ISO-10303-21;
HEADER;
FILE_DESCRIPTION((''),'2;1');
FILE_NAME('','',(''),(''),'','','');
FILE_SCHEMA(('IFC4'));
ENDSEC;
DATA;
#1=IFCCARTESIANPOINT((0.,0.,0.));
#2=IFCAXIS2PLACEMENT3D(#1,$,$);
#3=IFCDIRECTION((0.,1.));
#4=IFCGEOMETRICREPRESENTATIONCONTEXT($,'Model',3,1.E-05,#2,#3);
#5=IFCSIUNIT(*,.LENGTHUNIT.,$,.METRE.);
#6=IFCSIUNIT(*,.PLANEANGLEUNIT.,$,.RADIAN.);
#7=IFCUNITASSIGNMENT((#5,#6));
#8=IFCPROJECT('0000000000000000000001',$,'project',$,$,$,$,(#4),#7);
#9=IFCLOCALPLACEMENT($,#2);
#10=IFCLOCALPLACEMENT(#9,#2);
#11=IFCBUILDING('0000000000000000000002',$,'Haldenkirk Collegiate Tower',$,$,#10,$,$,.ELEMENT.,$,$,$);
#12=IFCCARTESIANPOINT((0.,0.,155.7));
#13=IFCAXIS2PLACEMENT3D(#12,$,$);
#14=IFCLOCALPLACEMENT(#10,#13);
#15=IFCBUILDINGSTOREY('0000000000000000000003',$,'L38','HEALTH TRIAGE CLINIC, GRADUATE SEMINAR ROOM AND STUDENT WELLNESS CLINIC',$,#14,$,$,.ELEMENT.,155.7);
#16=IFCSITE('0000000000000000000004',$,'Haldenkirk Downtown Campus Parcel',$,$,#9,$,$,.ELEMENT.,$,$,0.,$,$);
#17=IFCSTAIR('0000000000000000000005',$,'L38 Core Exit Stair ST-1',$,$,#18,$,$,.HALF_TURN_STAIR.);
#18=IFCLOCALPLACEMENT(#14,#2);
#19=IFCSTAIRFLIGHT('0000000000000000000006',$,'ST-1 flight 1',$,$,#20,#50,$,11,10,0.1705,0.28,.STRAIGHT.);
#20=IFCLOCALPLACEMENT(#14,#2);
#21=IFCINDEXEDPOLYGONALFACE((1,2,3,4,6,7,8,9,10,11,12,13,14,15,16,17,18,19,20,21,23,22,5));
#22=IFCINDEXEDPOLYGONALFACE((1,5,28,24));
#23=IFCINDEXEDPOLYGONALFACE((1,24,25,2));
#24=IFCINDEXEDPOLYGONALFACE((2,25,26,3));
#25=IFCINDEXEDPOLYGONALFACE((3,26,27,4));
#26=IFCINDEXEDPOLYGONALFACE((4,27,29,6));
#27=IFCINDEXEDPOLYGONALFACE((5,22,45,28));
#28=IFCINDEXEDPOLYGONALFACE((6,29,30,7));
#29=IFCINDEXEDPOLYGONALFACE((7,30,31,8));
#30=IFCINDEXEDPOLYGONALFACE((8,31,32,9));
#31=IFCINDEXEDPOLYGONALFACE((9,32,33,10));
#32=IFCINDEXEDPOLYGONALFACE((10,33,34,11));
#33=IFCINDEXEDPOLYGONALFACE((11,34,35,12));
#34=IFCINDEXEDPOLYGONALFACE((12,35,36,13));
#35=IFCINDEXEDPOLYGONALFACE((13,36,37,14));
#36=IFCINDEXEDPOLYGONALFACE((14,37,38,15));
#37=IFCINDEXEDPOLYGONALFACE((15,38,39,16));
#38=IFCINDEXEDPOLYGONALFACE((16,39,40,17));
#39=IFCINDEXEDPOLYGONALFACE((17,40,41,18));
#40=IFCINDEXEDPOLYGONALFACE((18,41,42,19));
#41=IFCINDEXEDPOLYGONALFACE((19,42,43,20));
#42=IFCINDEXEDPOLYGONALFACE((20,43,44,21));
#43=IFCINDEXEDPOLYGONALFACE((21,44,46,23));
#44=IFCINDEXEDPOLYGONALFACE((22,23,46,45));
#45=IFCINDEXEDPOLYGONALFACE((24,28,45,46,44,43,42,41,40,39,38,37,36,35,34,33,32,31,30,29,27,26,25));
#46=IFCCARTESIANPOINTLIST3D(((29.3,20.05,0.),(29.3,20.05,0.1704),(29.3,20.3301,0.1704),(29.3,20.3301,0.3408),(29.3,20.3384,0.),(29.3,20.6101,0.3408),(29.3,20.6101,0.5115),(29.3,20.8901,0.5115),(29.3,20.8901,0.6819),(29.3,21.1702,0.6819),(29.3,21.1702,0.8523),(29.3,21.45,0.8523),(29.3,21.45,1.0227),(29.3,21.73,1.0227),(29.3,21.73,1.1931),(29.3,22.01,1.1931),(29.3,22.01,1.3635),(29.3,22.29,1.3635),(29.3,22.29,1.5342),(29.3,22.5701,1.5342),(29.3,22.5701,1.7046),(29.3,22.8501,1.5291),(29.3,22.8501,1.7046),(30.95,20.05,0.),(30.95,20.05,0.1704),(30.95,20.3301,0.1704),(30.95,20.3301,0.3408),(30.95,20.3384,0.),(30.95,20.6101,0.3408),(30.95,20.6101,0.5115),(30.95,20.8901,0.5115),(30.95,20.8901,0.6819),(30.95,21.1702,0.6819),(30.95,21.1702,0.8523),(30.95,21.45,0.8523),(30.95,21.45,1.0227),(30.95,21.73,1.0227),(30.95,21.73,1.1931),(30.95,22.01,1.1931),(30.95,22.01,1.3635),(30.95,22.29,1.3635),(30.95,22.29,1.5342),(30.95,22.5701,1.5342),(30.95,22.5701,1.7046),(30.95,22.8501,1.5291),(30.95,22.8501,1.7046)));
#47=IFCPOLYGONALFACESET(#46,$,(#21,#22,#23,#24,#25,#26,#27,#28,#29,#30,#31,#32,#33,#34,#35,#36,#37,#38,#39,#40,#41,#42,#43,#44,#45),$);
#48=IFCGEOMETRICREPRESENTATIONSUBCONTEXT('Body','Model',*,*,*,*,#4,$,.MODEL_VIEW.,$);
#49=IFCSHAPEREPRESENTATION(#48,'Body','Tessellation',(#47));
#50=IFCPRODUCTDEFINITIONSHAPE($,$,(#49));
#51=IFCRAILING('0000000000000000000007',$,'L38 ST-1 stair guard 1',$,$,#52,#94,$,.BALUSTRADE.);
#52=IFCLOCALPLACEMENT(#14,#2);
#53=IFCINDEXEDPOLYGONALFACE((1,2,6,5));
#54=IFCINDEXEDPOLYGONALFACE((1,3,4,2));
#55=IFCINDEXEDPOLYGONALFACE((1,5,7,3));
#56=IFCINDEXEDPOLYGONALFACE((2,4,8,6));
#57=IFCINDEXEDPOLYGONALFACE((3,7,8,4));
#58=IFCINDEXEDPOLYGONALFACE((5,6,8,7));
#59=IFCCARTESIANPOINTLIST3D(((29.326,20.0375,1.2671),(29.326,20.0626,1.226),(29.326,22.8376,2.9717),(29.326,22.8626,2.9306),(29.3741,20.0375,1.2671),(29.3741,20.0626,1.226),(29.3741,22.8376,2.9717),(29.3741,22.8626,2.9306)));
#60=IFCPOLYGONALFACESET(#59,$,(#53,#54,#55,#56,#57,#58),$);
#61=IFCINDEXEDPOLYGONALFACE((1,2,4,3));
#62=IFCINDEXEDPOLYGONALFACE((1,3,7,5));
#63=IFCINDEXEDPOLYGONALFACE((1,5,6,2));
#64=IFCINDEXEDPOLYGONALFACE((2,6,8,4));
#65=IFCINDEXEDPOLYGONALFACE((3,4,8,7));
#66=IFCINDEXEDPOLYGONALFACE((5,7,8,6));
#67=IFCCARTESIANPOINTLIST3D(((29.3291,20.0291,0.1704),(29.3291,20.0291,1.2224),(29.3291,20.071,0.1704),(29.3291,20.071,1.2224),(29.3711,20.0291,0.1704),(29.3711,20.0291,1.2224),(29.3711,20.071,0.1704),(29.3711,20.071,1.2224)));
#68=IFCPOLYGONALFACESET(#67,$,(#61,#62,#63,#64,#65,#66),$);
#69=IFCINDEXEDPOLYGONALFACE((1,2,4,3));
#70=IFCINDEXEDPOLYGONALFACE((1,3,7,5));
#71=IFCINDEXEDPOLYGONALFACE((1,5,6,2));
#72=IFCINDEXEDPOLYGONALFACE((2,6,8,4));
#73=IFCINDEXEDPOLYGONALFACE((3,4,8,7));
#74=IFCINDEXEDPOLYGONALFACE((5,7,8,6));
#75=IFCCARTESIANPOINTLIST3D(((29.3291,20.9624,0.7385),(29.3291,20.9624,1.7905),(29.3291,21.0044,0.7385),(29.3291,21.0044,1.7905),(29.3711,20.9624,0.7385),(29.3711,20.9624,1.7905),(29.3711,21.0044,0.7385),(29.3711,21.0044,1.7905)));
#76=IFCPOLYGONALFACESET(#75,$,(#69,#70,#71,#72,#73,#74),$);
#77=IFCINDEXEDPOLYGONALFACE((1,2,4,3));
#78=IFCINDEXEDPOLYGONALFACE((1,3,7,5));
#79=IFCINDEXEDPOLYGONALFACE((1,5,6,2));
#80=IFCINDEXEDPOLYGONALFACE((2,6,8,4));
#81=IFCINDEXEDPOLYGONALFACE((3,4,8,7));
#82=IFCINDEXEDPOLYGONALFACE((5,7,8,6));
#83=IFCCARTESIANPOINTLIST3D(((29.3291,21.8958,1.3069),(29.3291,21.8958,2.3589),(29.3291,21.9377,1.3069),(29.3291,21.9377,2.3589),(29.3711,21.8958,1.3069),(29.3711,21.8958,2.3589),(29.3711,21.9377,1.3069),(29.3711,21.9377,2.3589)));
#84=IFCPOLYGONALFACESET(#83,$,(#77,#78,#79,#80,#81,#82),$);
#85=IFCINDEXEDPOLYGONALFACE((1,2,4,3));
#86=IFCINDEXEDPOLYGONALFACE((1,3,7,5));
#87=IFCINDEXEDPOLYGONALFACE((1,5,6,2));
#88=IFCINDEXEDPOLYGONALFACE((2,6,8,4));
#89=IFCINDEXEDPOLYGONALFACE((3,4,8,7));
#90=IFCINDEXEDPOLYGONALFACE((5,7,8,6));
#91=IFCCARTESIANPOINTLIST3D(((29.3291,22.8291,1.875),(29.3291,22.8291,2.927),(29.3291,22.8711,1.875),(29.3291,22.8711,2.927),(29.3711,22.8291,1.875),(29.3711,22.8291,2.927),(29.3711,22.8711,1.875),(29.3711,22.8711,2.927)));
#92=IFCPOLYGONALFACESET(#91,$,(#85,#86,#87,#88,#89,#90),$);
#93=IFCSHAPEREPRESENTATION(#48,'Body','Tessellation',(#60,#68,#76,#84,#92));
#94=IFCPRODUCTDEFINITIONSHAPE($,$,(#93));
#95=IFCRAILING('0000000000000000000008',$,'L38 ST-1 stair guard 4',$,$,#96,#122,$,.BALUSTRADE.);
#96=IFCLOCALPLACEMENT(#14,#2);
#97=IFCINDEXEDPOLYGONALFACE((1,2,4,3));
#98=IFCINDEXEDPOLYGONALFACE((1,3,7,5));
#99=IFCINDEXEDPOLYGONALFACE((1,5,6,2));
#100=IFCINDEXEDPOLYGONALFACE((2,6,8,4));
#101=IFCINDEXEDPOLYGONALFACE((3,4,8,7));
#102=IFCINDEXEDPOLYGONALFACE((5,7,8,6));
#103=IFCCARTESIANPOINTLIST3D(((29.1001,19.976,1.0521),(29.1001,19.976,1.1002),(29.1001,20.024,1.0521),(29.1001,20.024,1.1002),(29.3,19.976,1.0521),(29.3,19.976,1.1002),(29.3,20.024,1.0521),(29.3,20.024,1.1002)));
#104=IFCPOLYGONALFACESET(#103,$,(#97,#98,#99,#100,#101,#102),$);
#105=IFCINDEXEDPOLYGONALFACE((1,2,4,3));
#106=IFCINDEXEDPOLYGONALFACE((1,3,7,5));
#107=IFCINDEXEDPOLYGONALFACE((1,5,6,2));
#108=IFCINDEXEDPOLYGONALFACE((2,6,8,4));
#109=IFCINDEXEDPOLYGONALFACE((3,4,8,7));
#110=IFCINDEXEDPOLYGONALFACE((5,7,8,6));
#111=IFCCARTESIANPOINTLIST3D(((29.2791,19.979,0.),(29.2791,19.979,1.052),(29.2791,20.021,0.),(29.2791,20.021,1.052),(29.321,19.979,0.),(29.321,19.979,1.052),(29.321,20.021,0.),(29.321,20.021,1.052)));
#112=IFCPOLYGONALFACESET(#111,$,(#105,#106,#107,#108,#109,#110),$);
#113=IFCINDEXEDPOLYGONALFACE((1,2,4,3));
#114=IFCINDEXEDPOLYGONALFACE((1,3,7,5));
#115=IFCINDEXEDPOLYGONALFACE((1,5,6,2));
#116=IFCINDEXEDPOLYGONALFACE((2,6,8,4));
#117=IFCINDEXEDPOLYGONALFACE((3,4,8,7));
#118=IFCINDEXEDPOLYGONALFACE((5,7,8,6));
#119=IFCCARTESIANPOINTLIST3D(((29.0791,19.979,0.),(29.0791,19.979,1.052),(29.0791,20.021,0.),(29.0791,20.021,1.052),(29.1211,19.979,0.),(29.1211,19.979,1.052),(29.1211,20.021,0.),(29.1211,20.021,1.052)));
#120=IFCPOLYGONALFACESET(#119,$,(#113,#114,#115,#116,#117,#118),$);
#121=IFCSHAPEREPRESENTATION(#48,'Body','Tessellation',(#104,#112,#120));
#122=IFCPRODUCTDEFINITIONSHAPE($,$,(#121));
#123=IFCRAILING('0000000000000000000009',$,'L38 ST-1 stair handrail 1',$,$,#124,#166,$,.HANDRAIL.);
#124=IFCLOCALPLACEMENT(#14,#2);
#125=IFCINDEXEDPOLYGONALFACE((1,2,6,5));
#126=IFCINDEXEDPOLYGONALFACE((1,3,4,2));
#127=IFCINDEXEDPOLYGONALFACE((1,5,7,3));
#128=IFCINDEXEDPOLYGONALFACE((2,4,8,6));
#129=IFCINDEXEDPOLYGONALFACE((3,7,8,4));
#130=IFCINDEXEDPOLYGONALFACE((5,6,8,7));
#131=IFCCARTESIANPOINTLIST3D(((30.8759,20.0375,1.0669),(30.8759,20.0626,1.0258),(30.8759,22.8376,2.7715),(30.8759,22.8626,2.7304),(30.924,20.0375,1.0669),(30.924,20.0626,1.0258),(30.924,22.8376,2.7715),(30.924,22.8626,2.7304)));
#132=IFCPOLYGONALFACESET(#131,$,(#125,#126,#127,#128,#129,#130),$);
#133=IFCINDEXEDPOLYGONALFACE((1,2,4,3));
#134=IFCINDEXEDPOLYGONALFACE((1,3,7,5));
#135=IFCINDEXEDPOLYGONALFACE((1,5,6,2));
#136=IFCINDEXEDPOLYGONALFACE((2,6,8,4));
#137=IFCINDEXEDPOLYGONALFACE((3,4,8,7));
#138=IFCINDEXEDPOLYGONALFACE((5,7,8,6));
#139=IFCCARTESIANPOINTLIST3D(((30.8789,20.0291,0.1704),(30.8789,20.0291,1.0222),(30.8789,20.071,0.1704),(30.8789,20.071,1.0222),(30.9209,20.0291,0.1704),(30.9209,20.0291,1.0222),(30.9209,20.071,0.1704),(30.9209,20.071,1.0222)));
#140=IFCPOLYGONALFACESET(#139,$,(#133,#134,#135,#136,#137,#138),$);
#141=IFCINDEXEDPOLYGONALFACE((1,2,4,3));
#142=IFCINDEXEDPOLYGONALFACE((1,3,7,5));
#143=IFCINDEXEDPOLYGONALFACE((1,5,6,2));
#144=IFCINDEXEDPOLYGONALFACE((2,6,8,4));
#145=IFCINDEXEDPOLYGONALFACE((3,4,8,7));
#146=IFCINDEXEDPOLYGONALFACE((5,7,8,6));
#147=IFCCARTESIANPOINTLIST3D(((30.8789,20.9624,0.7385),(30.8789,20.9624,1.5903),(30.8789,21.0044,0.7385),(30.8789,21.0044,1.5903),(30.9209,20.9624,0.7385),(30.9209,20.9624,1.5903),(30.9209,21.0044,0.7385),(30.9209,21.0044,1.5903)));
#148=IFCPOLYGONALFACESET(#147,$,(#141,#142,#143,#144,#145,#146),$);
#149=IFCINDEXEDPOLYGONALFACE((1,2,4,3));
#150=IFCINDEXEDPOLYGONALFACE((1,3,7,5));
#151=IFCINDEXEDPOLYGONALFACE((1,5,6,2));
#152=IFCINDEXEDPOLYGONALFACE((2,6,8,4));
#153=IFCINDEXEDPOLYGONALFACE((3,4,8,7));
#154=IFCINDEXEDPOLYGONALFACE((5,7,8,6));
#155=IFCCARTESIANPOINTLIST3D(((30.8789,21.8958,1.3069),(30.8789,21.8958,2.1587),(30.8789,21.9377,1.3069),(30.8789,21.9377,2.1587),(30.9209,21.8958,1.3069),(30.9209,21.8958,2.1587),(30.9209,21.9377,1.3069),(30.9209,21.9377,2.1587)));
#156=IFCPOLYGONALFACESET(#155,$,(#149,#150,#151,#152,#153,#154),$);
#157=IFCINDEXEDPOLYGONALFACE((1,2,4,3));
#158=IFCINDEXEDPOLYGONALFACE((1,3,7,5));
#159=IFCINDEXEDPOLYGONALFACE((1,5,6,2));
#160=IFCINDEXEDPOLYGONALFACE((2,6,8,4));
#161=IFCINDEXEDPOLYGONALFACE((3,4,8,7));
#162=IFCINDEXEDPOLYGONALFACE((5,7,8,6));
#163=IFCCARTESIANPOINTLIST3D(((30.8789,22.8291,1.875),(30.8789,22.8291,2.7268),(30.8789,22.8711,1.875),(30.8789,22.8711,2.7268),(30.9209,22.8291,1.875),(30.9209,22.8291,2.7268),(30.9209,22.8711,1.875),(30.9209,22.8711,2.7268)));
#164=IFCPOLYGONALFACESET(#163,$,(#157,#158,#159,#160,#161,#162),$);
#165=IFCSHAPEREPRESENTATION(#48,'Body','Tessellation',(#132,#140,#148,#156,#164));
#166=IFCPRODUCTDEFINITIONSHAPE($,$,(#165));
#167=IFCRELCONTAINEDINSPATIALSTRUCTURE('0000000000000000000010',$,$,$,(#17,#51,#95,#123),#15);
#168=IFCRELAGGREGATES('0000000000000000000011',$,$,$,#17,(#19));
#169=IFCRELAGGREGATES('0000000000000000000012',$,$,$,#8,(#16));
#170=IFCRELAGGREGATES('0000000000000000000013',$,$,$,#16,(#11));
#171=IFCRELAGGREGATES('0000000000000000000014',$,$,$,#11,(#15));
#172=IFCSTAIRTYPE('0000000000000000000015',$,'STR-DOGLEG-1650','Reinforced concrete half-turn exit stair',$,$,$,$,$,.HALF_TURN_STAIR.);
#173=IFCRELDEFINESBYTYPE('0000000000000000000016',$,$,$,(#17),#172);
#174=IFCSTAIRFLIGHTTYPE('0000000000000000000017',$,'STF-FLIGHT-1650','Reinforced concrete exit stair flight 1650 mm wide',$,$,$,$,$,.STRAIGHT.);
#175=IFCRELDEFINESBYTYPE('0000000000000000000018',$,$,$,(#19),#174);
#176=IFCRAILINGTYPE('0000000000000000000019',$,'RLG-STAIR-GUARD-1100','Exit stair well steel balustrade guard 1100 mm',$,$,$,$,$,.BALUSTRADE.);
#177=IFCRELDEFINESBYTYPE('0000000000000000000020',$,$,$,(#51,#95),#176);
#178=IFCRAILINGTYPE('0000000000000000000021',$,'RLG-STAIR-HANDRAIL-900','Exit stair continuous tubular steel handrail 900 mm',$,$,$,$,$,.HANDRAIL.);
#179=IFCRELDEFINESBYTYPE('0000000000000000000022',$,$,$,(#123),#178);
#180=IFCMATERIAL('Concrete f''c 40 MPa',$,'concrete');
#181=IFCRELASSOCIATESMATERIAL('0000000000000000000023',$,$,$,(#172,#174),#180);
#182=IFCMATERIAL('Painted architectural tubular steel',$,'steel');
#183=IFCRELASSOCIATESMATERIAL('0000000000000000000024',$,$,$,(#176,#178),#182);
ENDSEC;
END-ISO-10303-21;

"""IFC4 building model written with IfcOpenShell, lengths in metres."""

from ifc_helpers import new_model, si_unit, direction, frame, origin, origin_2d, place, context, subcontext, project, spatial, polyline, rectangle, outline, extrude, material, type_object, element, aggregate, save


model = new_model("IFC4")

# Units and contexts
model_context = context("Model", 3, precision=1e-05, world=origin(), true_north=direction((0.0, 1.0)))
body_context = subcontext(model_context, "Body", "Model", "MODEL_VIEW")
ifc_project = project(units=[si_unit("LENGTHUNIT", "METRE"), si_unit("PLANEANGLEUNIT", "RADIAN")], contexts=[model_context])

# Site, building, storey
site_placement = place(None, origin())
site = spatial("IfcSite", under=ifc_project, at=site_placement, Name="Haldenkirk Downtown Campus Parcel", CompositionType="ELEMENT", RefElevation=0.0)
building_placement = place(site_placement, origin())
building = spatial("IfcBuilding", under=site, at=building_placement, Name="Haldenkirk Collegiate Tower", CompositionType="ELEMENT")
storey_placement = place(building_placement, frame((0.0, 0.0, 155.7)))
storey = spatial("IfcBuildingStorey", under=building, at=storey_placement, Name="L38", Description="HEALTH TRIAGE CLINIC, GRADUATE SEMINAR ROOM AND STUDENT WELLNESS CLINIC", CompositionType="ELEMENT", Elevation=155.7)

# Stair, stair flight
ifc_material_1 = material(Name="Concrete f'c 40 MPa", Category="concrete")
stair_type = type_object("IfcStairType", Name="STR-DOGLEG-1650", Description="Reinforced concrete half-turn exit stair", PredefinedType="HALF_TURN_STAIR", material=ifc_material_1)
stair_placement = place(storey_placement, origin())
stair = element("IfcStair", 1, at=stair_placement, inside=storey, type_object=stair_type, Name="L38 Core Exit Stair ST-1", PredefinedType="HALF_TURN_STAIR")
stair_flight_type = type_object("IfcStairFlightType", Name="STF-FLIGHT-1650", Description="Reinforced concrete exit stair flight 1650 mm wide", PredefinedType="STRAIGHT", material=ifc_material_1)
stair_flight_placement = place(storey_placement, frame((30.125, 20.05, 0.0), z_axis=(0.0, 0.0, 1.0), x_axis=(0.0, 1.0, 0.0)))
stair_flight = element("IfcStairFlight", 2, at=stair_flight_placement, type_object=stair_flight_type, Name="ST-1 flight 1", NumberOfRisers=11, NumberOfTreads=10, PredefinedType="STRAIGHT", RiserHeight=0.1705, TreadLength=0.28, context=body_context, shape_type="SweptSolid", body=[
    extrude(outline(polyline([(0.0, 0.0), (0.0, 0.1704), (0.28, 0.1704), (0.28, 0.3408), (0.5601, 0.3408), (0.5601, 0.5115), (0.8401, 0.5115), (0.8401, 0.6819), (1.1201, 0.6819), (1.1201, 0.8523), (1.3999, 0.8523), (1.3999, 1.0227), (1.6799, 1.0227), (1.6799, 1.1931), (1.96, 1.1931), (1.96, 1.3635), (2.24, 1.3635), (2.24, 1.5342), (2.52, 1.5342), (2.52, 1.7046), (2.8, 1.7046), (2.8, 1.875), (2.8, 1.5291), (0.2883, 0.0), (0.0, 0.0)])), frame((0.0, 0.825, 0.0), z_axis=(0.0, -1.0, 0.0), x_axis=(1.0, 0.0, 0.0)), (0.0, 0.0, 1.0), 1.6499),
])
aggregate(stair, [stair_flight])

# Railings
ifc_material_2 = material(Name="Painted architectural tubular steel", Category="steel")
railing_type_1 = type_object("IfcRailingType", Name="RLG-STAIR-GUARD-1100", Description="Exit stair well steel balustrade guard 1100 mm", PredefinedType="BALUSTRADE", material=ifc_material_2)
railing_1_placement = place(storey_placement, frame((29.3501, 20.05, 0.1704)))
element("IfcRailing", 3, at=railing_1_placement, inside=storey, type_object=railing_type_1, Name="L38 ST-1 stair guard 1", PredefinedType="BALUSTRADE", context=body_context, shape_type="SweptSolid", body=[
    extrude(rectangle(XDim=0.0481, YDim=0.0481, at=origin_2d()), frame((0.0, 0.0, 1.0762), z_axis=(0.0, 0.85417, 0.519994), x_axis=(-1.0, 0.0, 0.0)), (0.0, 0.0, 1.0), 3.2781),
    extrude(rectangle(XDim=0.042, YDim=0.042, at=origin_2d()), origin(), (0.0, 0.0, 1.0), 1.052),
    extrude(rectangle(XDim=0.042, YDim=0.042, at=origin_2d()), frame((0.0, 0.9333, 0.5681)), (0.0, 0.0, 1.0), 1.052),
    extrude(rectangle(XDim=0.042, YDim=0.042, at=origin_2d()), frame((0.0, 1.8667, 1.1365)), (0.0, 0.0, 1.0), 1.052),
    extrude(rectangle(XDim=0.042, YDim=0.042, at=origin_2d()), frame((0.0, 2.8, 1.7046)), (0.0, 0.0, 1.0), 1.052),
])
railing_2_placement = place(storey_placement, frame((29.3, 20.0, 0.0)))
element("IfcRailing", 4, at=railing_2_placement, inside=storey, type_object=railing_type_1, Name="L38 ST-1 stair guard 4", PredefinedType="BALUSTRADE", context=body_context, shape_type="SweptSolid", body=[
    extrude(rectangle(XDim=0.0481, YDim=0.0481, at=origin_2d()), frame((0.0, 0.0, 1.0762), z_axis=(-1.0, 0.0, 0.0), x_axis=(0.0, -1.0, 0.0)), (0.0, 0.0, 1.0), 0.2),
    extrude(rectangle(XDim=0.042, YDim=0.042, at=origin_2d()), origin(), (0.0, 0.0, 1.0), 1.052),
    extrude(rectangle(XDim=0.042, YDim=0.042, at=origin_2d()), frame((-0.2, 0.0, 0.0)), (0.0, 0.0, 1.0), 1.052),
])
railing_type_2 = type_object("IfcRailingType", Name="RLG-STAIR-HANDRAIL-900", Description="Exit stair continuous tubular steel handrail 900 mm", PredefinedType="HANDRAIL", material=ifc_material_2)
railing_3_placement = place(storey_placement, frame((30.8999, 20.05, 0.1704)))
element("IfcRailing", 5, at=railing_3_placement, inside=storey, type_object=railing_type_2, Name="L38 ST-1 stair handrail 1", PredefinedType="HANDRAIL", context=body_context, shape_type="SweptSolid", body=[
    extrude(rectangle(XDim=0.0481, YDim=0.0481, at=origin_2d()), frame((0.0, 0.0, 0.876), z_axis=(0.0, 0.85417, 0.519994), x_axis=(-1.0, 0.0, 0.0)), (0.0, 0.0, 1.0), 3.2781),
    extrude(rectangle(XDim=0.042, YDim=0.042, at=origin_2d()), origin(), (0.0, 0.0, 1.0), 0.8518),
    extrude(rectangle(XDim=0.042, YDim=0.042, at=origin_2d()), frame((0.0, 0.9333, 0.5681)), (0.0, 0.0, 1.0), 0.8518),
    extrude(rectangle(XDim=0.042, YDim=0.042, at=origin_2d()), frame((0.0, 1.8667, 1.1365)), (0.0, 0.0, 1.0), 0.8518),
    extrude(rectangle(XDim=0.042, YDim=0.042, at=origin_2d()), frame((0.0, 2.8, 1.7046)), (0.0, 0.0, 1.0), 0.8518),
])

save(model, "model.ifc")
